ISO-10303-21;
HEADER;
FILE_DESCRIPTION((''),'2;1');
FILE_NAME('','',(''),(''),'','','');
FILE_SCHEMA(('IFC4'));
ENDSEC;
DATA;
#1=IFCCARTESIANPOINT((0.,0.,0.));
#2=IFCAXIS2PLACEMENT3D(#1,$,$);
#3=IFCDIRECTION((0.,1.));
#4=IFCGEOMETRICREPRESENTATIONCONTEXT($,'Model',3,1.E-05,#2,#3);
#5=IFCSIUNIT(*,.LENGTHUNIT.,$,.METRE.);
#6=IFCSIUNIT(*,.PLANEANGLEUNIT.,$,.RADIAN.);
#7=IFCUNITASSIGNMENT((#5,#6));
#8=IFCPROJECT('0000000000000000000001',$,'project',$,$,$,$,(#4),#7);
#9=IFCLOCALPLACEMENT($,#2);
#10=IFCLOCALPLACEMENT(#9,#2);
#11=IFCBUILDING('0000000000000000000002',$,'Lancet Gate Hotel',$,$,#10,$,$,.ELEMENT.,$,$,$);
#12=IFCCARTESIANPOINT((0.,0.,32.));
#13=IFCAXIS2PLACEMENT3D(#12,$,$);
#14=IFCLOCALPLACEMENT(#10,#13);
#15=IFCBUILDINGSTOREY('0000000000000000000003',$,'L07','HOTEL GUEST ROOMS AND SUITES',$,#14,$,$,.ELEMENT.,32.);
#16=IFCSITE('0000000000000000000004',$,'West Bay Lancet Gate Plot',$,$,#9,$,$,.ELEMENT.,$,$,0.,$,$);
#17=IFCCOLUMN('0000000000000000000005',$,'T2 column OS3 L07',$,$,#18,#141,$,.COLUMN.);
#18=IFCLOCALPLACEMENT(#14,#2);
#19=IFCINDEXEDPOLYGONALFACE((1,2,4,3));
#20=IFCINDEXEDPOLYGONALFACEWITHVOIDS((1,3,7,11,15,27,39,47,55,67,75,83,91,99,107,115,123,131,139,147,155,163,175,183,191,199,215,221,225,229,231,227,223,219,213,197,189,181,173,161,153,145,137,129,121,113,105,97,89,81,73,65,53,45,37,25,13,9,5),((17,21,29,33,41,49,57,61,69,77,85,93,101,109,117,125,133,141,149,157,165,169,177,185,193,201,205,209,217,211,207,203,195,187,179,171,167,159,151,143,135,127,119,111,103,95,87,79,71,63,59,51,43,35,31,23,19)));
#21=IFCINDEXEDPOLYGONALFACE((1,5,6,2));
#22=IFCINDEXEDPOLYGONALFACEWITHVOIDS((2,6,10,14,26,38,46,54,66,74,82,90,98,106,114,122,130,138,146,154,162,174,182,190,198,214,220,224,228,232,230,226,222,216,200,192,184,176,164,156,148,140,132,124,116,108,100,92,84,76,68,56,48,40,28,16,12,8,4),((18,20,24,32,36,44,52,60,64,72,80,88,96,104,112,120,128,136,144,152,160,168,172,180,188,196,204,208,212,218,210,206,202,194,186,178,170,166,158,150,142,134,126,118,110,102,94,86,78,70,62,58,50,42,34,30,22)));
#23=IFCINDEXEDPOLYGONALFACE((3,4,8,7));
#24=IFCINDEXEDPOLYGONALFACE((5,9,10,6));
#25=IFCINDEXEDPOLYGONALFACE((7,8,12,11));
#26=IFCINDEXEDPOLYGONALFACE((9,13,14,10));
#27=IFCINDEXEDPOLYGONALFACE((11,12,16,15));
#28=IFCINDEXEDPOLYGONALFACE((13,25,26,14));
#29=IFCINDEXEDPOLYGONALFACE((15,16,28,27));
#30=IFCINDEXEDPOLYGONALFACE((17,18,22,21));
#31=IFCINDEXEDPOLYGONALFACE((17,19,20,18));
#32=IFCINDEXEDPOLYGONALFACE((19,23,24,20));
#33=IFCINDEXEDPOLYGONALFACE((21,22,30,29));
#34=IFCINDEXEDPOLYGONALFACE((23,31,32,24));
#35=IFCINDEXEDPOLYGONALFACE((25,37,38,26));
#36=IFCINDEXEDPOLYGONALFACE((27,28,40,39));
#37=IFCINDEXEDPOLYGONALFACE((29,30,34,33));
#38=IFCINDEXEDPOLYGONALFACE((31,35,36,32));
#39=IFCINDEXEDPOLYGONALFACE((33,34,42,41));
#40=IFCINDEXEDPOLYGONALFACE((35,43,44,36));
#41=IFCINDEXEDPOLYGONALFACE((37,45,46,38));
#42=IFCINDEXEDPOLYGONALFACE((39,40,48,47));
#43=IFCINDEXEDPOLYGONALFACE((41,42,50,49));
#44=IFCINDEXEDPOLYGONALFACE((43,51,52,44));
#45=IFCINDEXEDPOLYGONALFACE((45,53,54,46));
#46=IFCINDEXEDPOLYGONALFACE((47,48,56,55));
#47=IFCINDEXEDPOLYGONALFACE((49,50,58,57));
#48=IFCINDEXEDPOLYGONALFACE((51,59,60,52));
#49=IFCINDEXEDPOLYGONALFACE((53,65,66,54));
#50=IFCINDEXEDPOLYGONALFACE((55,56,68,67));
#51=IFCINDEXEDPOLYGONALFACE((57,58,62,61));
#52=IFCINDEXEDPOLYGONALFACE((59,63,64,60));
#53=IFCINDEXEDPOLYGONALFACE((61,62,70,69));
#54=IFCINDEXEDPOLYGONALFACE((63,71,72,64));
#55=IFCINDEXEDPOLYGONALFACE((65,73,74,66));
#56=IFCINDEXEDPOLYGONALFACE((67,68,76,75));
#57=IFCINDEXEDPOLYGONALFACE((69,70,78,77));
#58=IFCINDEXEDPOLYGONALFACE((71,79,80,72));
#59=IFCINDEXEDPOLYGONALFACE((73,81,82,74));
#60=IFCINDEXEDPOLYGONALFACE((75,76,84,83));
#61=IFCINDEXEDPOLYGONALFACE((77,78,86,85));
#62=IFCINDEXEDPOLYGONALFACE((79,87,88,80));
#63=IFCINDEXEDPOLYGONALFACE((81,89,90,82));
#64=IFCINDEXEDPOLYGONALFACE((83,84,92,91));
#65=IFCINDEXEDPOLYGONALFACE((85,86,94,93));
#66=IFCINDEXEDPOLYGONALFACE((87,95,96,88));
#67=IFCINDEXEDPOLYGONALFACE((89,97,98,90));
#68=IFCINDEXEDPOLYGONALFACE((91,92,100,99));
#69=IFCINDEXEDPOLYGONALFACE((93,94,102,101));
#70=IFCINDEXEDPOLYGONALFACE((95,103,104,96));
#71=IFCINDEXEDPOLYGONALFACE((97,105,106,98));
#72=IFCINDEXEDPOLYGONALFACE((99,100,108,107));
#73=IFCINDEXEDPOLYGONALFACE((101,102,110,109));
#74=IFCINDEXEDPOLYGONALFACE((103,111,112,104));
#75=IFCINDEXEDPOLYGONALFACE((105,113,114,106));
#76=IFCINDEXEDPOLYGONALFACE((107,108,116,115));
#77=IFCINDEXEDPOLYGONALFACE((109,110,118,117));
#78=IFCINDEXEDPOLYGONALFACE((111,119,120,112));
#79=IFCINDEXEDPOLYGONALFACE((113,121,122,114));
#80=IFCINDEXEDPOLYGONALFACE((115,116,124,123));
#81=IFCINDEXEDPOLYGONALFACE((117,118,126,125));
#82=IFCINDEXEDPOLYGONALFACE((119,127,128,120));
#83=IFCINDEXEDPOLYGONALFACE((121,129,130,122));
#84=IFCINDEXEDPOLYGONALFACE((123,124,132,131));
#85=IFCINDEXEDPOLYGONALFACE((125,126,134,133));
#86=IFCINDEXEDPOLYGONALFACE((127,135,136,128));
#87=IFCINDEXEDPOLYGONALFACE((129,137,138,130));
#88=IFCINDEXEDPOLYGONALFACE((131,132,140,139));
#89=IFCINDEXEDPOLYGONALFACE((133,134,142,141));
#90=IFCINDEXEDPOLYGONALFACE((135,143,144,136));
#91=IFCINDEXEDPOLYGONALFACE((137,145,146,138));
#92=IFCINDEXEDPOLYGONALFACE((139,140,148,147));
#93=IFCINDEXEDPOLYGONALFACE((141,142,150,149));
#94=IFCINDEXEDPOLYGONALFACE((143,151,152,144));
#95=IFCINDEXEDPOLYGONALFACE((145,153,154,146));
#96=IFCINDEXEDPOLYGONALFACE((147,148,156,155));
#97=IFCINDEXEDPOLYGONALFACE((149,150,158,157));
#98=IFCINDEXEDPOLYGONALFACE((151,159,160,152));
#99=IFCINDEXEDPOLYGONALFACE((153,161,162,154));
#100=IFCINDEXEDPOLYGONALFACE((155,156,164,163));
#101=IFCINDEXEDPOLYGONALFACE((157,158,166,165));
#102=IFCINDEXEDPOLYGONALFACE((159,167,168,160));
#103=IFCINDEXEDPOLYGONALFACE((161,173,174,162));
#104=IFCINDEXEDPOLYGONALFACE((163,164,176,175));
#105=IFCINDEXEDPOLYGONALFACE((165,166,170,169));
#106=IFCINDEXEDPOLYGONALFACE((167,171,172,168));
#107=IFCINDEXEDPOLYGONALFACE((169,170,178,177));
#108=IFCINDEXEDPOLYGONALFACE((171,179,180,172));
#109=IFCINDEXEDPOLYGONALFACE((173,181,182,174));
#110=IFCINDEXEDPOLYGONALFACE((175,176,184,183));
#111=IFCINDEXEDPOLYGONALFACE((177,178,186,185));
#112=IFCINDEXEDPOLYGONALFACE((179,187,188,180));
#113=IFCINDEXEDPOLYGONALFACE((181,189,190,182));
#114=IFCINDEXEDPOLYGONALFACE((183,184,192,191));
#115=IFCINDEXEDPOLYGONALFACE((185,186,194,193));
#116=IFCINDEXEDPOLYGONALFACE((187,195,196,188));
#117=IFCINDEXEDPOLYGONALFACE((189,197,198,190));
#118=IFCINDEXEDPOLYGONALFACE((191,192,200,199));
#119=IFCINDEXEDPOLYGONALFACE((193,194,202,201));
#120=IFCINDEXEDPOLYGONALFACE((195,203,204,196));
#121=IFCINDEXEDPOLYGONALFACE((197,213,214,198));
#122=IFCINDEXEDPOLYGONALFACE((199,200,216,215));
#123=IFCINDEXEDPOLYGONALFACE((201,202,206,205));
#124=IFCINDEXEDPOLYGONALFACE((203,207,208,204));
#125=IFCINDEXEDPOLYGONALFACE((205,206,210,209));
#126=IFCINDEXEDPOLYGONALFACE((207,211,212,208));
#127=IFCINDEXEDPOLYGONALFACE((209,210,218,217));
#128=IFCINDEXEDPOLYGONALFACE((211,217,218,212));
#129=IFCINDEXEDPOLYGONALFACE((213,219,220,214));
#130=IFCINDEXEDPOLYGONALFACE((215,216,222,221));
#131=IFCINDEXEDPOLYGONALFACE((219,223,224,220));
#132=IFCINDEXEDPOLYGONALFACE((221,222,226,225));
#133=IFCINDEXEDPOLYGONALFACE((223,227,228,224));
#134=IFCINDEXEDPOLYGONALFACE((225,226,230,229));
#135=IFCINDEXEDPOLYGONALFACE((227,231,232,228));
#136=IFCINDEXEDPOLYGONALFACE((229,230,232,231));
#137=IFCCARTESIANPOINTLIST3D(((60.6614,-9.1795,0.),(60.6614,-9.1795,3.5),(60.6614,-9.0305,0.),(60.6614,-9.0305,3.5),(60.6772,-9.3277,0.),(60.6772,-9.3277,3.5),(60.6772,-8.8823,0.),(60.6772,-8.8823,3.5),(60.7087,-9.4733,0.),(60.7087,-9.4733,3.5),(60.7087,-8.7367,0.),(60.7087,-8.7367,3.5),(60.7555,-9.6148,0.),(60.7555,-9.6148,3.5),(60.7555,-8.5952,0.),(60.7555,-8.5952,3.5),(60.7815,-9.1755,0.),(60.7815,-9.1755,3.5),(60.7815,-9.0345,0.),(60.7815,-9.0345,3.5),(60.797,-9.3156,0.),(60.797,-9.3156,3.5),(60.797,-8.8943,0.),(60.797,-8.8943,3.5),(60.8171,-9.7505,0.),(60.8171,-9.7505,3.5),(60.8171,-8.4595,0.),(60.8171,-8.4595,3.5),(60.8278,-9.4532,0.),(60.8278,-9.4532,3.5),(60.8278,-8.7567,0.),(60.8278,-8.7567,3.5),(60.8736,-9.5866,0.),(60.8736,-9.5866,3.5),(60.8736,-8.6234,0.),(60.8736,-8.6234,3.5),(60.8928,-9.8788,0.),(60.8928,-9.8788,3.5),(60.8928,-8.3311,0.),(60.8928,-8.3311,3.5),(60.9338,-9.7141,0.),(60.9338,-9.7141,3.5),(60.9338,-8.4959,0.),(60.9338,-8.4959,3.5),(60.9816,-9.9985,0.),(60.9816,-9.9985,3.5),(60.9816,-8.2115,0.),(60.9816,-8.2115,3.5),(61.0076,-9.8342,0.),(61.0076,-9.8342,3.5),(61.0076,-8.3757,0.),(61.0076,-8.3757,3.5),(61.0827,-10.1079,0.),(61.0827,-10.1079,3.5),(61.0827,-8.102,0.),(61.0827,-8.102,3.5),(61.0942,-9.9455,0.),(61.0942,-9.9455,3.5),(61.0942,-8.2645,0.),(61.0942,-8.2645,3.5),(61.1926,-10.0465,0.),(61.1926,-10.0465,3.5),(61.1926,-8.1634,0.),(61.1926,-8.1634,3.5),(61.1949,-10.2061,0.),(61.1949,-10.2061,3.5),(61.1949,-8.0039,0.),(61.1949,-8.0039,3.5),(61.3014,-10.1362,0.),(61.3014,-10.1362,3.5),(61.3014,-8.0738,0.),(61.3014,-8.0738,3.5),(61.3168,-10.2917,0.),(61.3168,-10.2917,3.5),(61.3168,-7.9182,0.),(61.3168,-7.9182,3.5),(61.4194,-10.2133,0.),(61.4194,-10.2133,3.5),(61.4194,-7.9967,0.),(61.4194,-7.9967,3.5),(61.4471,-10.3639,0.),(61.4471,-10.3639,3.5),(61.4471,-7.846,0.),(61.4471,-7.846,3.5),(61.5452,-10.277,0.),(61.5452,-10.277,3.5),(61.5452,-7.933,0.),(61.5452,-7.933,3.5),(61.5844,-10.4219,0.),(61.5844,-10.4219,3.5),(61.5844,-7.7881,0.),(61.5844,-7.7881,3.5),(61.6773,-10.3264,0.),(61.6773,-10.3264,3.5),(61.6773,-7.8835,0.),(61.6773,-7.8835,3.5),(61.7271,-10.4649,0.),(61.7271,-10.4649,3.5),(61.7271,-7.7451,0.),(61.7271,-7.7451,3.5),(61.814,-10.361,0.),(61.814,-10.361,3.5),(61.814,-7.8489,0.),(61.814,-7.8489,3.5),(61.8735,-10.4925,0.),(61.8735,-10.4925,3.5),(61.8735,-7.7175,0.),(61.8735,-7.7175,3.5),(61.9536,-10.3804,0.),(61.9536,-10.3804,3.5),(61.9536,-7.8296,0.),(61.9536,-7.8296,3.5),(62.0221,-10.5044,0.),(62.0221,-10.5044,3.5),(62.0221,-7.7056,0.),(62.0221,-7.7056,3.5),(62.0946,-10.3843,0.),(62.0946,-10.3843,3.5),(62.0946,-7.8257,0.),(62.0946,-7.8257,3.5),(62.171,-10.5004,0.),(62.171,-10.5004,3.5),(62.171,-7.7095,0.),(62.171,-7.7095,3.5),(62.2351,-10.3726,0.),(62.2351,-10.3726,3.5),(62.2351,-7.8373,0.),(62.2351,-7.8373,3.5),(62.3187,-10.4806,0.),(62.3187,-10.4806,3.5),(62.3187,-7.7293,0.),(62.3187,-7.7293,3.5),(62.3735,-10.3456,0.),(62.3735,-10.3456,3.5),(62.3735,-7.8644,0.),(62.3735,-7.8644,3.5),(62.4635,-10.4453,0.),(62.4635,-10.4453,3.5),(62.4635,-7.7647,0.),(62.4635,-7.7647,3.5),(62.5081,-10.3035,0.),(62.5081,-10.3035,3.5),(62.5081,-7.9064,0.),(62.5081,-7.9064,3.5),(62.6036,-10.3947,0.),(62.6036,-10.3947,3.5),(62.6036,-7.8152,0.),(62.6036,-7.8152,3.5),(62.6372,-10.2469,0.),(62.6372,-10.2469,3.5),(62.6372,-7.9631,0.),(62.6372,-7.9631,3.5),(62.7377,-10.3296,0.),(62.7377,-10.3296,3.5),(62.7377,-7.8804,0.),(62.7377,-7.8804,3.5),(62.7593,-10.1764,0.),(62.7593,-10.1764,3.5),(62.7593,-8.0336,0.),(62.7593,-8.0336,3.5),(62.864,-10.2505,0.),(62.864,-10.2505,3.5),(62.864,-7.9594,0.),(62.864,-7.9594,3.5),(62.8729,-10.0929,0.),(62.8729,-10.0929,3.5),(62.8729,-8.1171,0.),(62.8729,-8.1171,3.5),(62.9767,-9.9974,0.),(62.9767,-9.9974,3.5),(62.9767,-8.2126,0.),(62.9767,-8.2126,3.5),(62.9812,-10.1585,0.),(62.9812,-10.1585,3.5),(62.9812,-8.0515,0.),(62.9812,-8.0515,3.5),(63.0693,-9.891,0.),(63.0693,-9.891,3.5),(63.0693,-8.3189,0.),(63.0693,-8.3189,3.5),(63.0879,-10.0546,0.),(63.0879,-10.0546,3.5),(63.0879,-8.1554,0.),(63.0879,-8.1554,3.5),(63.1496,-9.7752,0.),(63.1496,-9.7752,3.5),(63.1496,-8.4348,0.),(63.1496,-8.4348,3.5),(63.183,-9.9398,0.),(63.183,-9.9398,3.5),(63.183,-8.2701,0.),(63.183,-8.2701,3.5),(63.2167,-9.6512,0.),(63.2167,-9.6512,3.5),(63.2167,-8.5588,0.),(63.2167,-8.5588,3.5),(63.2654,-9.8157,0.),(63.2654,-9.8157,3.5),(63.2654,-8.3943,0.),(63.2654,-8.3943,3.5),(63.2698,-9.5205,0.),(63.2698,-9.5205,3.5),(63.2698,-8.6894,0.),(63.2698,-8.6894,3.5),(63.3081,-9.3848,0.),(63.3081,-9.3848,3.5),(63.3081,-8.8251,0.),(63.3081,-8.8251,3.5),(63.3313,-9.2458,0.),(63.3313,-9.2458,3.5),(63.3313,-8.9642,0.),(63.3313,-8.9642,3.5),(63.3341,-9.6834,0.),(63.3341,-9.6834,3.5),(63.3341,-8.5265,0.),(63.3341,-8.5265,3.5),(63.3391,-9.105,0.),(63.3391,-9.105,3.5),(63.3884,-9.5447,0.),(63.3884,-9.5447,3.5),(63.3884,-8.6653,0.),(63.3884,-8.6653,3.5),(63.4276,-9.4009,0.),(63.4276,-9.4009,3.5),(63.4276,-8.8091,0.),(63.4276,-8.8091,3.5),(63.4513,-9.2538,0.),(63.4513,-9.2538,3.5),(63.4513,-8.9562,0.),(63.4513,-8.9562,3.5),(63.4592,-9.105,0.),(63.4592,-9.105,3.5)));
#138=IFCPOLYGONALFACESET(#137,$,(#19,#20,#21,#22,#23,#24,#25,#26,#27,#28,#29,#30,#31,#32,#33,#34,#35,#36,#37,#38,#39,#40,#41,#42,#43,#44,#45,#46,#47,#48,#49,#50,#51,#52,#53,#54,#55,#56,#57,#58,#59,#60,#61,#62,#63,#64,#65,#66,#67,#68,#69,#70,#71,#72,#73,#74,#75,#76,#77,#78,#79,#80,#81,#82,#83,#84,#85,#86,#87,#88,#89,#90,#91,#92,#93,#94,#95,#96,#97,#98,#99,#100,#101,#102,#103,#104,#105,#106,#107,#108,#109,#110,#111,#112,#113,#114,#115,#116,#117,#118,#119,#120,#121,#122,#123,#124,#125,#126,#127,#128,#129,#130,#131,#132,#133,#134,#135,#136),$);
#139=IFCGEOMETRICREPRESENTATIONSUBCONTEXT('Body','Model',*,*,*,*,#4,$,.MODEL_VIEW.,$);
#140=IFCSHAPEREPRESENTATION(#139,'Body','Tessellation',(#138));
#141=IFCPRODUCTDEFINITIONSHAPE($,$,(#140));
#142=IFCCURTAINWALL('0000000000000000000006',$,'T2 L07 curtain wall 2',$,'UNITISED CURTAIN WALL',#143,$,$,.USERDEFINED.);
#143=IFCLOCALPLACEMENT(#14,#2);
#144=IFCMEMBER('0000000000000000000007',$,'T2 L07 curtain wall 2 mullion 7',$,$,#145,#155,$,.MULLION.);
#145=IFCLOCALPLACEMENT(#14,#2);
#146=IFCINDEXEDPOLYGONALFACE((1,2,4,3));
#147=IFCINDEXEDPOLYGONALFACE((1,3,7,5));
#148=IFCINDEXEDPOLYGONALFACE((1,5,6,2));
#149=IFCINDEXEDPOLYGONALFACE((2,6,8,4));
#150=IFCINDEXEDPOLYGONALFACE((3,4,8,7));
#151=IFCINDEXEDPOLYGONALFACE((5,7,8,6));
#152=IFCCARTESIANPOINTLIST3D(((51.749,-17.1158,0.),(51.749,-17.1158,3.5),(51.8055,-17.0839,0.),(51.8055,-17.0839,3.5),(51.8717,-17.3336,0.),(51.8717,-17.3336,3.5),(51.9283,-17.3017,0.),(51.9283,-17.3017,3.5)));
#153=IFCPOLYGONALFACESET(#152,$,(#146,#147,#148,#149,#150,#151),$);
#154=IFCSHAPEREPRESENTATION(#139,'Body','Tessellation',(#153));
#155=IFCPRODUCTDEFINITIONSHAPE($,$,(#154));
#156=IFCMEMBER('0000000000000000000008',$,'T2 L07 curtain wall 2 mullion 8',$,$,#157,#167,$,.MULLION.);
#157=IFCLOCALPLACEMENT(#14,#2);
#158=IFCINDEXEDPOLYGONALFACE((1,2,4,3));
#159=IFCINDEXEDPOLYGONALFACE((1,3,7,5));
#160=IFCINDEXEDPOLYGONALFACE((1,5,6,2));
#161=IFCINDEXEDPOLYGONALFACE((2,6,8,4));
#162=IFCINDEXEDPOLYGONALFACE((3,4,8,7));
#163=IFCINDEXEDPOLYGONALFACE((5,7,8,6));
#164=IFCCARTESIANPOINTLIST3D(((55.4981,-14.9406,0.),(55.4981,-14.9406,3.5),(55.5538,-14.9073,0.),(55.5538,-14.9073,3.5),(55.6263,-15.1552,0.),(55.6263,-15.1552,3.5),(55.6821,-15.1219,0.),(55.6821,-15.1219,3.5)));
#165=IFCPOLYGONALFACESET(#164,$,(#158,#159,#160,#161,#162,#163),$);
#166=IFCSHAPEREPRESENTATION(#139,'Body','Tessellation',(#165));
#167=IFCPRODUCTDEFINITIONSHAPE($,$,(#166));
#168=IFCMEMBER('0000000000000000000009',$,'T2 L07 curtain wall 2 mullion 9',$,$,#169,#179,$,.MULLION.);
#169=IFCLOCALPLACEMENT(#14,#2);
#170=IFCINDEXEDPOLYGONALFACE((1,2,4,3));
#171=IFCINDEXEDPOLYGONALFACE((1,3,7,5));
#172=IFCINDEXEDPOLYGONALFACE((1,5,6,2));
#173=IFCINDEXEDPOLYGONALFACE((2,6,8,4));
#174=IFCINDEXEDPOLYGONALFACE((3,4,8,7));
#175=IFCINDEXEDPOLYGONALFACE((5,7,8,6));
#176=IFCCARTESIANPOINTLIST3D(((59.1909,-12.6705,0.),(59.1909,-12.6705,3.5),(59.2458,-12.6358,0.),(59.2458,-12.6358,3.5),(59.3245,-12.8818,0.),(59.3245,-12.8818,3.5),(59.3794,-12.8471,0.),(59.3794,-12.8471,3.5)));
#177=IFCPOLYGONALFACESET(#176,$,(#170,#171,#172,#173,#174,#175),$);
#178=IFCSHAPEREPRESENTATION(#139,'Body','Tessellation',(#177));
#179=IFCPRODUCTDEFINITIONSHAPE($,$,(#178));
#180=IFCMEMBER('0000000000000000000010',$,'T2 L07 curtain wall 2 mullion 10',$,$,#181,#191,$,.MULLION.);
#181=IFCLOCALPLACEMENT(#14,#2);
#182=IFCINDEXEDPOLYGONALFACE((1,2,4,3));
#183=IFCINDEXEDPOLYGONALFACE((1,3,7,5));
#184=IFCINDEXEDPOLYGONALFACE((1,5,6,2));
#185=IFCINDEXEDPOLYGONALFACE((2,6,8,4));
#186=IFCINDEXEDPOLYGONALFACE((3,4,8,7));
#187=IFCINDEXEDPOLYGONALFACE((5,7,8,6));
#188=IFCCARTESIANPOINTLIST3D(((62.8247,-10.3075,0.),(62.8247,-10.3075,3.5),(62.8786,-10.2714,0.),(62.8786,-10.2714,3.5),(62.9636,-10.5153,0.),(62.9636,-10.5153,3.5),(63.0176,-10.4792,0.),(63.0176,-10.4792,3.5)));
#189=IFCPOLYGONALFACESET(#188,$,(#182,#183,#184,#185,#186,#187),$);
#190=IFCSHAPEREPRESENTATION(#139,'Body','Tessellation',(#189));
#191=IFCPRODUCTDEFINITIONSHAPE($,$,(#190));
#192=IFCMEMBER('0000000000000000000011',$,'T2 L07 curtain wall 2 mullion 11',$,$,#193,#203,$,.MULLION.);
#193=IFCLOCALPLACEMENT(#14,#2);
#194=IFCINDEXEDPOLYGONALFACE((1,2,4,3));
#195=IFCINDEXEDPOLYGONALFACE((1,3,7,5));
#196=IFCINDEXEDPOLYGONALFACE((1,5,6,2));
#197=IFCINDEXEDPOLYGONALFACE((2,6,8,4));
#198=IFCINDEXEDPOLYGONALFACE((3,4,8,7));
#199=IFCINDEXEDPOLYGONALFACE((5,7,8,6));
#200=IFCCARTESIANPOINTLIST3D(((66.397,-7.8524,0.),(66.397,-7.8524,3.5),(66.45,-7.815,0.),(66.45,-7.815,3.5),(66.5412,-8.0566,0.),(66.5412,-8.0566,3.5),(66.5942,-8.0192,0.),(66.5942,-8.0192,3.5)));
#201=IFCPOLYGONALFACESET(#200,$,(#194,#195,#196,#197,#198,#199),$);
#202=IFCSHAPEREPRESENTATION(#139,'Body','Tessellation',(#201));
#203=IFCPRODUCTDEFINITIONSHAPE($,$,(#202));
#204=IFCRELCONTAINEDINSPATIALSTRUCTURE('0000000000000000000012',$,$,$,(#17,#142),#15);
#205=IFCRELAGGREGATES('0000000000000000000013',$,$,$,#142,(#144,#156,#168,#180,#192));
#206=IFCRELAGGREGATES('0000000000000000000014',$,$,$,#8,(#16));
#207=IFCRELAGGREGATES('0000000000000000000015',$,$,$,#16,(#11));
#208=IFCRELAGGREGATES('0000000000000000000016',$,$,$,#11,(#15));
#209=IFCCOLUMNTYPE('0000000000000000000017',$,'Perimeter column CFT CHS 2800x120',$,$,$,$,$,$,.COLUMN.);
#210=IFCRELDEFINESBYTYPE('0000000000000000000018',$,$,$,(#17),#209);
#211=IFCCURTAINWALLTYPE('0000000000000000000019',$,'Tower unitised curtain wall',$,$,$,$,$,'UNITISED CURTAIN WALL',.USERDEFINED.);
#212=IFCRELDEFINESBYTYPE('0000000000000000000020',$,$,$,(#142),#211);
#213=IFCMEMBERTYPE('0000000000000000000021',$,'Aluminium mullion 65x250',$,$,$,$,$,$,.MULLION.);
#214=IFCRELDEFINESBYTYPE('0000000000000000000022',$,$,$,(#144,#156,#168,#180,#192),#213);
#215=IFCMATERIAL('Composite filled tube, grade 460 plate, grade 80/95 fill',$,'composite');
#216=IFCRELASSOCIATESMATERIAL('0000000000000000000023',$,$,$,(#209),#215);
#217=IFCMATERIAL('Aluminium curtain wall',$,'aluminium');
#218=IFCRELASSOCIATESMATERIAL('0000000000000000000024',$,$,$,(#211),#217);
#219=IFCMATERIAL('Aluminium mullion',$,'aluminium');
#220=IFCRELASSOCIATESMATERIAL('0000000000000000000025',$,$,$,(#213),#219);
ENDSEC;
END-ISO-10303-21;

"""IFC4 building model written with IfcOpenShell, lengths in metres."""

from ifc_helpers import new_model, si_unit, direction, frame, origin, origin_2d, place, context, subcontext, project, spatial, rectangle, hollow_circle, extrude, material, material_profile, profile_set, type_object, element, aggregate, save


model = new_model("IFC4")

# Units and contexts
model_context = context("Model", 3, precision=1e-05, world=origin(), true_north=direction((0.0, 1.0)))
body_context = subcontext(model_context, "Body", "Model", "MODEL_VIEW")
ifc_project = project(units=[si_unit("LENGTHUNIT", "METRE"), si_unit("PLANEANGLEUNIT", "RADIAN")], contexts=[model_context])

# Site, building, storey
site_placement = place(None, origin())
site = spatial("IfcSite", under=ifc_project, at=site_placement, Name="West Bay Lancet Gate Plot", CompositionType="ELEMENT", RefElevation=0.0)
building_placement = place(site_placement, origin())
building = spatial("IfcBuilding", under=site, at=building_placement, Name="Lancet Gate Hotel", CompositionType="ELEMENT")
storey_placement = place(building_placement, frame((0.0, 0.0, 32.0)))
storey = spatial("IfcBuildingStorey", under=building, at=storey_placement, Name="L07", Description="HOTEL GUEST ROOMS AND SUITES", CompositionType="ELEMENT", Elevation=32.0)

# Column
ifc_material_1 = material(Name="Composite filled tube, grade 460 plate, grade 80/95 fill", Category="composite")
ifc_material_profile_1 = material_profile(ifc_material_1, hollow_circle(Radius=1.3999, WallThickness=0.1201, at=origin_2d()), Name="CHS 2800x120")
ifc_profile_set_1 = profile_set([ifc_material_profile_1], Name="Composite filled tube, grade 460 plate, grade 80/95 fill")
column_type = type_object("IfcColumnType", Name="Perimeter column CFT CHS 2800x120", PredefinedType="COLUMN", material=ifc_profile_set_1)
for number, where, z_axis, x_axis, name in (
    (1, (62.0593, -9.105, 0.0), (0.0, 0.0, 1.0), (1.0, 0.0, 0.0), "T2 column OS3 L07"),
):
    element("IfcColumn", number, at=place(storey_placement, frame(where, z_axis=z_axis, x_axis=x_axis)), inside=storey, type_object=column_type, Name=name, PredefinedType="COLUMN", context=body_context, shape_type="SweptSolid", body=[
        extrude(hollow_circle(Radius=1.3999, WallThickness=0.1201, at=origin_2d()), origin(), (0.0, 0.0, 1.0), 3.5),
    ])

# Curtain wall, members
ifc_material_2 = material(Name="Aluminium curtain wall", Category="aluminium")
curtain_wall_type = type_object("IfcCurtainWallType", Name="Tower unitised curtain wall", ElementType="UNITISED CURTAIN WALL", PredefinedType="USERDEFINED", material=ifc_material_2)
curtain_wall_placement = place(storey_placement, origin())
curtain_wall = element("IfcCurtainWall", 2, at=curtain_wall_placement, inside=storey, type_object=curtain_wall_type, Name="T2 L07 curtain wall 2", ObjectType="UNITISED CURTAIN WALL", PredefinedType="USERDEFINED")
ifc_material_3 = material(Name="Aluminium mullion", Category="aluminium")
ifc_material_profile_2 = material_profile(ifc_material_3, rectangle(XDim=0.0649, YDim=0.25, at=origin_2d()), Name="MULLION 65x250")
ifc_profile_set_2 = profile_set([ifc_material_profile_2], Name="Aluminium mullion")
member_type_1 = type_object("IfcMemberType", Name="Aluminium mullion 65x250", PredefinedType="MULLION", material=ifc_profile_set_2)
member_1_placement = place(storey_placement, frame((51.8386, -17.2087, 0.0), z_axis=(0.0, 0.0, 1.0), x_axis=(0.87119, 0.490945, 0.0)))
member_1 = element("IfcMember", 3, at=member_1_placement, type_object=member_type_1, Name="T2 L07 curtain wall 2 mullion 7", PredefinedType="MULLION", context=body_context, shape_type="SweptSolid", body=[
    extrude(rectangle(XDim=0.0649, YDim=0.25, at=origin_2d()), origin(), (0.0, 0.0, 1.0), 3.5),
])
member_2_placement = place(storey_placement, frame((55.5901, -15.0312, 0.0), z_axis=(0.0, 0.0, 1.0), x_axis=(0.858413, 0.512959, 0.0)))
member_2 = element("IfcMember", 4, at=member_2_placement, type_object=member_type_1, Name="T2 L07 curtain wall 2 mullion 8", PredefinedType="MULLION", context=body_context, shape_type="SweptSolid", body=[
    extrude(rectangle(XDim=0.0649, YDim=0.25, at=origin_2d()), origin(), (0.0, 0.0, 1.0), 3.5),
])
member_3_placement = place(storey_placement, frame((59.2852, -12.7588, 0.0), z_axis=(0.0, 0.0, 1.0), x_axis=(0.845079, 0.534641, 0.0)))
member_3 = element("IfcMember", 5, at=member_3_placement, type_object=member_type_1, Name="T2 L07 curtain wall 2 mullion 9", PredefinedType="MULLION", context=body_context, shape_type="SweptSolid", body=[
    extrude(rectangle(XDim=0.0649, YDim=0.25, at=origin_2d()), origin(), (0.0, 0.0, 1.0), 3.5),
])
member_4_placement = place(storey_placement, frame((62.9211, -10.3933, 0.0), z_axis=(0.0, 0.0, 1.0), x_axis=(0.831198, 0.555976, 0.0)))
member_4 = element("IfcMember", 6, at=member_4_placement, type_object=member_type_1, Name="T2 L07 curtain wall 2 mullion 10", PredefinedType="MULLION", context=body_context, shape_type="SweptSolid", body=[
    extrude(rectangle(XDim=0.0649, YDim=0.25, at=origin_2d()), origin(), (0.0, 0.0, 1.0), 3.5),
])
member_5_placement = place(storey_placement, frame((66.4956, -7.9358, 0.0), z_axis=(0.0, 0.0, 1.0), x_axis=(0.816779, 0.576951, 0.0)))
member_5 = element("IfcMember", 7, at=member_5_placement, type_object=member_type_1, Name="T2 L07 curtain wall 2 mullion 11", PredefinedType="MULLION", context=body_context, shape_type="SweptSolid", body=[
    extrude(rectangle(XDim=0.0649, YDim=0.25, at=origin_2d()), origin(), (0.0, 0.0, 1.0), 3.5),
])

aggregate(curtain_wall, [member_1, member_2, member_3, member_4, member_5])

save(model, "model.ifc")
